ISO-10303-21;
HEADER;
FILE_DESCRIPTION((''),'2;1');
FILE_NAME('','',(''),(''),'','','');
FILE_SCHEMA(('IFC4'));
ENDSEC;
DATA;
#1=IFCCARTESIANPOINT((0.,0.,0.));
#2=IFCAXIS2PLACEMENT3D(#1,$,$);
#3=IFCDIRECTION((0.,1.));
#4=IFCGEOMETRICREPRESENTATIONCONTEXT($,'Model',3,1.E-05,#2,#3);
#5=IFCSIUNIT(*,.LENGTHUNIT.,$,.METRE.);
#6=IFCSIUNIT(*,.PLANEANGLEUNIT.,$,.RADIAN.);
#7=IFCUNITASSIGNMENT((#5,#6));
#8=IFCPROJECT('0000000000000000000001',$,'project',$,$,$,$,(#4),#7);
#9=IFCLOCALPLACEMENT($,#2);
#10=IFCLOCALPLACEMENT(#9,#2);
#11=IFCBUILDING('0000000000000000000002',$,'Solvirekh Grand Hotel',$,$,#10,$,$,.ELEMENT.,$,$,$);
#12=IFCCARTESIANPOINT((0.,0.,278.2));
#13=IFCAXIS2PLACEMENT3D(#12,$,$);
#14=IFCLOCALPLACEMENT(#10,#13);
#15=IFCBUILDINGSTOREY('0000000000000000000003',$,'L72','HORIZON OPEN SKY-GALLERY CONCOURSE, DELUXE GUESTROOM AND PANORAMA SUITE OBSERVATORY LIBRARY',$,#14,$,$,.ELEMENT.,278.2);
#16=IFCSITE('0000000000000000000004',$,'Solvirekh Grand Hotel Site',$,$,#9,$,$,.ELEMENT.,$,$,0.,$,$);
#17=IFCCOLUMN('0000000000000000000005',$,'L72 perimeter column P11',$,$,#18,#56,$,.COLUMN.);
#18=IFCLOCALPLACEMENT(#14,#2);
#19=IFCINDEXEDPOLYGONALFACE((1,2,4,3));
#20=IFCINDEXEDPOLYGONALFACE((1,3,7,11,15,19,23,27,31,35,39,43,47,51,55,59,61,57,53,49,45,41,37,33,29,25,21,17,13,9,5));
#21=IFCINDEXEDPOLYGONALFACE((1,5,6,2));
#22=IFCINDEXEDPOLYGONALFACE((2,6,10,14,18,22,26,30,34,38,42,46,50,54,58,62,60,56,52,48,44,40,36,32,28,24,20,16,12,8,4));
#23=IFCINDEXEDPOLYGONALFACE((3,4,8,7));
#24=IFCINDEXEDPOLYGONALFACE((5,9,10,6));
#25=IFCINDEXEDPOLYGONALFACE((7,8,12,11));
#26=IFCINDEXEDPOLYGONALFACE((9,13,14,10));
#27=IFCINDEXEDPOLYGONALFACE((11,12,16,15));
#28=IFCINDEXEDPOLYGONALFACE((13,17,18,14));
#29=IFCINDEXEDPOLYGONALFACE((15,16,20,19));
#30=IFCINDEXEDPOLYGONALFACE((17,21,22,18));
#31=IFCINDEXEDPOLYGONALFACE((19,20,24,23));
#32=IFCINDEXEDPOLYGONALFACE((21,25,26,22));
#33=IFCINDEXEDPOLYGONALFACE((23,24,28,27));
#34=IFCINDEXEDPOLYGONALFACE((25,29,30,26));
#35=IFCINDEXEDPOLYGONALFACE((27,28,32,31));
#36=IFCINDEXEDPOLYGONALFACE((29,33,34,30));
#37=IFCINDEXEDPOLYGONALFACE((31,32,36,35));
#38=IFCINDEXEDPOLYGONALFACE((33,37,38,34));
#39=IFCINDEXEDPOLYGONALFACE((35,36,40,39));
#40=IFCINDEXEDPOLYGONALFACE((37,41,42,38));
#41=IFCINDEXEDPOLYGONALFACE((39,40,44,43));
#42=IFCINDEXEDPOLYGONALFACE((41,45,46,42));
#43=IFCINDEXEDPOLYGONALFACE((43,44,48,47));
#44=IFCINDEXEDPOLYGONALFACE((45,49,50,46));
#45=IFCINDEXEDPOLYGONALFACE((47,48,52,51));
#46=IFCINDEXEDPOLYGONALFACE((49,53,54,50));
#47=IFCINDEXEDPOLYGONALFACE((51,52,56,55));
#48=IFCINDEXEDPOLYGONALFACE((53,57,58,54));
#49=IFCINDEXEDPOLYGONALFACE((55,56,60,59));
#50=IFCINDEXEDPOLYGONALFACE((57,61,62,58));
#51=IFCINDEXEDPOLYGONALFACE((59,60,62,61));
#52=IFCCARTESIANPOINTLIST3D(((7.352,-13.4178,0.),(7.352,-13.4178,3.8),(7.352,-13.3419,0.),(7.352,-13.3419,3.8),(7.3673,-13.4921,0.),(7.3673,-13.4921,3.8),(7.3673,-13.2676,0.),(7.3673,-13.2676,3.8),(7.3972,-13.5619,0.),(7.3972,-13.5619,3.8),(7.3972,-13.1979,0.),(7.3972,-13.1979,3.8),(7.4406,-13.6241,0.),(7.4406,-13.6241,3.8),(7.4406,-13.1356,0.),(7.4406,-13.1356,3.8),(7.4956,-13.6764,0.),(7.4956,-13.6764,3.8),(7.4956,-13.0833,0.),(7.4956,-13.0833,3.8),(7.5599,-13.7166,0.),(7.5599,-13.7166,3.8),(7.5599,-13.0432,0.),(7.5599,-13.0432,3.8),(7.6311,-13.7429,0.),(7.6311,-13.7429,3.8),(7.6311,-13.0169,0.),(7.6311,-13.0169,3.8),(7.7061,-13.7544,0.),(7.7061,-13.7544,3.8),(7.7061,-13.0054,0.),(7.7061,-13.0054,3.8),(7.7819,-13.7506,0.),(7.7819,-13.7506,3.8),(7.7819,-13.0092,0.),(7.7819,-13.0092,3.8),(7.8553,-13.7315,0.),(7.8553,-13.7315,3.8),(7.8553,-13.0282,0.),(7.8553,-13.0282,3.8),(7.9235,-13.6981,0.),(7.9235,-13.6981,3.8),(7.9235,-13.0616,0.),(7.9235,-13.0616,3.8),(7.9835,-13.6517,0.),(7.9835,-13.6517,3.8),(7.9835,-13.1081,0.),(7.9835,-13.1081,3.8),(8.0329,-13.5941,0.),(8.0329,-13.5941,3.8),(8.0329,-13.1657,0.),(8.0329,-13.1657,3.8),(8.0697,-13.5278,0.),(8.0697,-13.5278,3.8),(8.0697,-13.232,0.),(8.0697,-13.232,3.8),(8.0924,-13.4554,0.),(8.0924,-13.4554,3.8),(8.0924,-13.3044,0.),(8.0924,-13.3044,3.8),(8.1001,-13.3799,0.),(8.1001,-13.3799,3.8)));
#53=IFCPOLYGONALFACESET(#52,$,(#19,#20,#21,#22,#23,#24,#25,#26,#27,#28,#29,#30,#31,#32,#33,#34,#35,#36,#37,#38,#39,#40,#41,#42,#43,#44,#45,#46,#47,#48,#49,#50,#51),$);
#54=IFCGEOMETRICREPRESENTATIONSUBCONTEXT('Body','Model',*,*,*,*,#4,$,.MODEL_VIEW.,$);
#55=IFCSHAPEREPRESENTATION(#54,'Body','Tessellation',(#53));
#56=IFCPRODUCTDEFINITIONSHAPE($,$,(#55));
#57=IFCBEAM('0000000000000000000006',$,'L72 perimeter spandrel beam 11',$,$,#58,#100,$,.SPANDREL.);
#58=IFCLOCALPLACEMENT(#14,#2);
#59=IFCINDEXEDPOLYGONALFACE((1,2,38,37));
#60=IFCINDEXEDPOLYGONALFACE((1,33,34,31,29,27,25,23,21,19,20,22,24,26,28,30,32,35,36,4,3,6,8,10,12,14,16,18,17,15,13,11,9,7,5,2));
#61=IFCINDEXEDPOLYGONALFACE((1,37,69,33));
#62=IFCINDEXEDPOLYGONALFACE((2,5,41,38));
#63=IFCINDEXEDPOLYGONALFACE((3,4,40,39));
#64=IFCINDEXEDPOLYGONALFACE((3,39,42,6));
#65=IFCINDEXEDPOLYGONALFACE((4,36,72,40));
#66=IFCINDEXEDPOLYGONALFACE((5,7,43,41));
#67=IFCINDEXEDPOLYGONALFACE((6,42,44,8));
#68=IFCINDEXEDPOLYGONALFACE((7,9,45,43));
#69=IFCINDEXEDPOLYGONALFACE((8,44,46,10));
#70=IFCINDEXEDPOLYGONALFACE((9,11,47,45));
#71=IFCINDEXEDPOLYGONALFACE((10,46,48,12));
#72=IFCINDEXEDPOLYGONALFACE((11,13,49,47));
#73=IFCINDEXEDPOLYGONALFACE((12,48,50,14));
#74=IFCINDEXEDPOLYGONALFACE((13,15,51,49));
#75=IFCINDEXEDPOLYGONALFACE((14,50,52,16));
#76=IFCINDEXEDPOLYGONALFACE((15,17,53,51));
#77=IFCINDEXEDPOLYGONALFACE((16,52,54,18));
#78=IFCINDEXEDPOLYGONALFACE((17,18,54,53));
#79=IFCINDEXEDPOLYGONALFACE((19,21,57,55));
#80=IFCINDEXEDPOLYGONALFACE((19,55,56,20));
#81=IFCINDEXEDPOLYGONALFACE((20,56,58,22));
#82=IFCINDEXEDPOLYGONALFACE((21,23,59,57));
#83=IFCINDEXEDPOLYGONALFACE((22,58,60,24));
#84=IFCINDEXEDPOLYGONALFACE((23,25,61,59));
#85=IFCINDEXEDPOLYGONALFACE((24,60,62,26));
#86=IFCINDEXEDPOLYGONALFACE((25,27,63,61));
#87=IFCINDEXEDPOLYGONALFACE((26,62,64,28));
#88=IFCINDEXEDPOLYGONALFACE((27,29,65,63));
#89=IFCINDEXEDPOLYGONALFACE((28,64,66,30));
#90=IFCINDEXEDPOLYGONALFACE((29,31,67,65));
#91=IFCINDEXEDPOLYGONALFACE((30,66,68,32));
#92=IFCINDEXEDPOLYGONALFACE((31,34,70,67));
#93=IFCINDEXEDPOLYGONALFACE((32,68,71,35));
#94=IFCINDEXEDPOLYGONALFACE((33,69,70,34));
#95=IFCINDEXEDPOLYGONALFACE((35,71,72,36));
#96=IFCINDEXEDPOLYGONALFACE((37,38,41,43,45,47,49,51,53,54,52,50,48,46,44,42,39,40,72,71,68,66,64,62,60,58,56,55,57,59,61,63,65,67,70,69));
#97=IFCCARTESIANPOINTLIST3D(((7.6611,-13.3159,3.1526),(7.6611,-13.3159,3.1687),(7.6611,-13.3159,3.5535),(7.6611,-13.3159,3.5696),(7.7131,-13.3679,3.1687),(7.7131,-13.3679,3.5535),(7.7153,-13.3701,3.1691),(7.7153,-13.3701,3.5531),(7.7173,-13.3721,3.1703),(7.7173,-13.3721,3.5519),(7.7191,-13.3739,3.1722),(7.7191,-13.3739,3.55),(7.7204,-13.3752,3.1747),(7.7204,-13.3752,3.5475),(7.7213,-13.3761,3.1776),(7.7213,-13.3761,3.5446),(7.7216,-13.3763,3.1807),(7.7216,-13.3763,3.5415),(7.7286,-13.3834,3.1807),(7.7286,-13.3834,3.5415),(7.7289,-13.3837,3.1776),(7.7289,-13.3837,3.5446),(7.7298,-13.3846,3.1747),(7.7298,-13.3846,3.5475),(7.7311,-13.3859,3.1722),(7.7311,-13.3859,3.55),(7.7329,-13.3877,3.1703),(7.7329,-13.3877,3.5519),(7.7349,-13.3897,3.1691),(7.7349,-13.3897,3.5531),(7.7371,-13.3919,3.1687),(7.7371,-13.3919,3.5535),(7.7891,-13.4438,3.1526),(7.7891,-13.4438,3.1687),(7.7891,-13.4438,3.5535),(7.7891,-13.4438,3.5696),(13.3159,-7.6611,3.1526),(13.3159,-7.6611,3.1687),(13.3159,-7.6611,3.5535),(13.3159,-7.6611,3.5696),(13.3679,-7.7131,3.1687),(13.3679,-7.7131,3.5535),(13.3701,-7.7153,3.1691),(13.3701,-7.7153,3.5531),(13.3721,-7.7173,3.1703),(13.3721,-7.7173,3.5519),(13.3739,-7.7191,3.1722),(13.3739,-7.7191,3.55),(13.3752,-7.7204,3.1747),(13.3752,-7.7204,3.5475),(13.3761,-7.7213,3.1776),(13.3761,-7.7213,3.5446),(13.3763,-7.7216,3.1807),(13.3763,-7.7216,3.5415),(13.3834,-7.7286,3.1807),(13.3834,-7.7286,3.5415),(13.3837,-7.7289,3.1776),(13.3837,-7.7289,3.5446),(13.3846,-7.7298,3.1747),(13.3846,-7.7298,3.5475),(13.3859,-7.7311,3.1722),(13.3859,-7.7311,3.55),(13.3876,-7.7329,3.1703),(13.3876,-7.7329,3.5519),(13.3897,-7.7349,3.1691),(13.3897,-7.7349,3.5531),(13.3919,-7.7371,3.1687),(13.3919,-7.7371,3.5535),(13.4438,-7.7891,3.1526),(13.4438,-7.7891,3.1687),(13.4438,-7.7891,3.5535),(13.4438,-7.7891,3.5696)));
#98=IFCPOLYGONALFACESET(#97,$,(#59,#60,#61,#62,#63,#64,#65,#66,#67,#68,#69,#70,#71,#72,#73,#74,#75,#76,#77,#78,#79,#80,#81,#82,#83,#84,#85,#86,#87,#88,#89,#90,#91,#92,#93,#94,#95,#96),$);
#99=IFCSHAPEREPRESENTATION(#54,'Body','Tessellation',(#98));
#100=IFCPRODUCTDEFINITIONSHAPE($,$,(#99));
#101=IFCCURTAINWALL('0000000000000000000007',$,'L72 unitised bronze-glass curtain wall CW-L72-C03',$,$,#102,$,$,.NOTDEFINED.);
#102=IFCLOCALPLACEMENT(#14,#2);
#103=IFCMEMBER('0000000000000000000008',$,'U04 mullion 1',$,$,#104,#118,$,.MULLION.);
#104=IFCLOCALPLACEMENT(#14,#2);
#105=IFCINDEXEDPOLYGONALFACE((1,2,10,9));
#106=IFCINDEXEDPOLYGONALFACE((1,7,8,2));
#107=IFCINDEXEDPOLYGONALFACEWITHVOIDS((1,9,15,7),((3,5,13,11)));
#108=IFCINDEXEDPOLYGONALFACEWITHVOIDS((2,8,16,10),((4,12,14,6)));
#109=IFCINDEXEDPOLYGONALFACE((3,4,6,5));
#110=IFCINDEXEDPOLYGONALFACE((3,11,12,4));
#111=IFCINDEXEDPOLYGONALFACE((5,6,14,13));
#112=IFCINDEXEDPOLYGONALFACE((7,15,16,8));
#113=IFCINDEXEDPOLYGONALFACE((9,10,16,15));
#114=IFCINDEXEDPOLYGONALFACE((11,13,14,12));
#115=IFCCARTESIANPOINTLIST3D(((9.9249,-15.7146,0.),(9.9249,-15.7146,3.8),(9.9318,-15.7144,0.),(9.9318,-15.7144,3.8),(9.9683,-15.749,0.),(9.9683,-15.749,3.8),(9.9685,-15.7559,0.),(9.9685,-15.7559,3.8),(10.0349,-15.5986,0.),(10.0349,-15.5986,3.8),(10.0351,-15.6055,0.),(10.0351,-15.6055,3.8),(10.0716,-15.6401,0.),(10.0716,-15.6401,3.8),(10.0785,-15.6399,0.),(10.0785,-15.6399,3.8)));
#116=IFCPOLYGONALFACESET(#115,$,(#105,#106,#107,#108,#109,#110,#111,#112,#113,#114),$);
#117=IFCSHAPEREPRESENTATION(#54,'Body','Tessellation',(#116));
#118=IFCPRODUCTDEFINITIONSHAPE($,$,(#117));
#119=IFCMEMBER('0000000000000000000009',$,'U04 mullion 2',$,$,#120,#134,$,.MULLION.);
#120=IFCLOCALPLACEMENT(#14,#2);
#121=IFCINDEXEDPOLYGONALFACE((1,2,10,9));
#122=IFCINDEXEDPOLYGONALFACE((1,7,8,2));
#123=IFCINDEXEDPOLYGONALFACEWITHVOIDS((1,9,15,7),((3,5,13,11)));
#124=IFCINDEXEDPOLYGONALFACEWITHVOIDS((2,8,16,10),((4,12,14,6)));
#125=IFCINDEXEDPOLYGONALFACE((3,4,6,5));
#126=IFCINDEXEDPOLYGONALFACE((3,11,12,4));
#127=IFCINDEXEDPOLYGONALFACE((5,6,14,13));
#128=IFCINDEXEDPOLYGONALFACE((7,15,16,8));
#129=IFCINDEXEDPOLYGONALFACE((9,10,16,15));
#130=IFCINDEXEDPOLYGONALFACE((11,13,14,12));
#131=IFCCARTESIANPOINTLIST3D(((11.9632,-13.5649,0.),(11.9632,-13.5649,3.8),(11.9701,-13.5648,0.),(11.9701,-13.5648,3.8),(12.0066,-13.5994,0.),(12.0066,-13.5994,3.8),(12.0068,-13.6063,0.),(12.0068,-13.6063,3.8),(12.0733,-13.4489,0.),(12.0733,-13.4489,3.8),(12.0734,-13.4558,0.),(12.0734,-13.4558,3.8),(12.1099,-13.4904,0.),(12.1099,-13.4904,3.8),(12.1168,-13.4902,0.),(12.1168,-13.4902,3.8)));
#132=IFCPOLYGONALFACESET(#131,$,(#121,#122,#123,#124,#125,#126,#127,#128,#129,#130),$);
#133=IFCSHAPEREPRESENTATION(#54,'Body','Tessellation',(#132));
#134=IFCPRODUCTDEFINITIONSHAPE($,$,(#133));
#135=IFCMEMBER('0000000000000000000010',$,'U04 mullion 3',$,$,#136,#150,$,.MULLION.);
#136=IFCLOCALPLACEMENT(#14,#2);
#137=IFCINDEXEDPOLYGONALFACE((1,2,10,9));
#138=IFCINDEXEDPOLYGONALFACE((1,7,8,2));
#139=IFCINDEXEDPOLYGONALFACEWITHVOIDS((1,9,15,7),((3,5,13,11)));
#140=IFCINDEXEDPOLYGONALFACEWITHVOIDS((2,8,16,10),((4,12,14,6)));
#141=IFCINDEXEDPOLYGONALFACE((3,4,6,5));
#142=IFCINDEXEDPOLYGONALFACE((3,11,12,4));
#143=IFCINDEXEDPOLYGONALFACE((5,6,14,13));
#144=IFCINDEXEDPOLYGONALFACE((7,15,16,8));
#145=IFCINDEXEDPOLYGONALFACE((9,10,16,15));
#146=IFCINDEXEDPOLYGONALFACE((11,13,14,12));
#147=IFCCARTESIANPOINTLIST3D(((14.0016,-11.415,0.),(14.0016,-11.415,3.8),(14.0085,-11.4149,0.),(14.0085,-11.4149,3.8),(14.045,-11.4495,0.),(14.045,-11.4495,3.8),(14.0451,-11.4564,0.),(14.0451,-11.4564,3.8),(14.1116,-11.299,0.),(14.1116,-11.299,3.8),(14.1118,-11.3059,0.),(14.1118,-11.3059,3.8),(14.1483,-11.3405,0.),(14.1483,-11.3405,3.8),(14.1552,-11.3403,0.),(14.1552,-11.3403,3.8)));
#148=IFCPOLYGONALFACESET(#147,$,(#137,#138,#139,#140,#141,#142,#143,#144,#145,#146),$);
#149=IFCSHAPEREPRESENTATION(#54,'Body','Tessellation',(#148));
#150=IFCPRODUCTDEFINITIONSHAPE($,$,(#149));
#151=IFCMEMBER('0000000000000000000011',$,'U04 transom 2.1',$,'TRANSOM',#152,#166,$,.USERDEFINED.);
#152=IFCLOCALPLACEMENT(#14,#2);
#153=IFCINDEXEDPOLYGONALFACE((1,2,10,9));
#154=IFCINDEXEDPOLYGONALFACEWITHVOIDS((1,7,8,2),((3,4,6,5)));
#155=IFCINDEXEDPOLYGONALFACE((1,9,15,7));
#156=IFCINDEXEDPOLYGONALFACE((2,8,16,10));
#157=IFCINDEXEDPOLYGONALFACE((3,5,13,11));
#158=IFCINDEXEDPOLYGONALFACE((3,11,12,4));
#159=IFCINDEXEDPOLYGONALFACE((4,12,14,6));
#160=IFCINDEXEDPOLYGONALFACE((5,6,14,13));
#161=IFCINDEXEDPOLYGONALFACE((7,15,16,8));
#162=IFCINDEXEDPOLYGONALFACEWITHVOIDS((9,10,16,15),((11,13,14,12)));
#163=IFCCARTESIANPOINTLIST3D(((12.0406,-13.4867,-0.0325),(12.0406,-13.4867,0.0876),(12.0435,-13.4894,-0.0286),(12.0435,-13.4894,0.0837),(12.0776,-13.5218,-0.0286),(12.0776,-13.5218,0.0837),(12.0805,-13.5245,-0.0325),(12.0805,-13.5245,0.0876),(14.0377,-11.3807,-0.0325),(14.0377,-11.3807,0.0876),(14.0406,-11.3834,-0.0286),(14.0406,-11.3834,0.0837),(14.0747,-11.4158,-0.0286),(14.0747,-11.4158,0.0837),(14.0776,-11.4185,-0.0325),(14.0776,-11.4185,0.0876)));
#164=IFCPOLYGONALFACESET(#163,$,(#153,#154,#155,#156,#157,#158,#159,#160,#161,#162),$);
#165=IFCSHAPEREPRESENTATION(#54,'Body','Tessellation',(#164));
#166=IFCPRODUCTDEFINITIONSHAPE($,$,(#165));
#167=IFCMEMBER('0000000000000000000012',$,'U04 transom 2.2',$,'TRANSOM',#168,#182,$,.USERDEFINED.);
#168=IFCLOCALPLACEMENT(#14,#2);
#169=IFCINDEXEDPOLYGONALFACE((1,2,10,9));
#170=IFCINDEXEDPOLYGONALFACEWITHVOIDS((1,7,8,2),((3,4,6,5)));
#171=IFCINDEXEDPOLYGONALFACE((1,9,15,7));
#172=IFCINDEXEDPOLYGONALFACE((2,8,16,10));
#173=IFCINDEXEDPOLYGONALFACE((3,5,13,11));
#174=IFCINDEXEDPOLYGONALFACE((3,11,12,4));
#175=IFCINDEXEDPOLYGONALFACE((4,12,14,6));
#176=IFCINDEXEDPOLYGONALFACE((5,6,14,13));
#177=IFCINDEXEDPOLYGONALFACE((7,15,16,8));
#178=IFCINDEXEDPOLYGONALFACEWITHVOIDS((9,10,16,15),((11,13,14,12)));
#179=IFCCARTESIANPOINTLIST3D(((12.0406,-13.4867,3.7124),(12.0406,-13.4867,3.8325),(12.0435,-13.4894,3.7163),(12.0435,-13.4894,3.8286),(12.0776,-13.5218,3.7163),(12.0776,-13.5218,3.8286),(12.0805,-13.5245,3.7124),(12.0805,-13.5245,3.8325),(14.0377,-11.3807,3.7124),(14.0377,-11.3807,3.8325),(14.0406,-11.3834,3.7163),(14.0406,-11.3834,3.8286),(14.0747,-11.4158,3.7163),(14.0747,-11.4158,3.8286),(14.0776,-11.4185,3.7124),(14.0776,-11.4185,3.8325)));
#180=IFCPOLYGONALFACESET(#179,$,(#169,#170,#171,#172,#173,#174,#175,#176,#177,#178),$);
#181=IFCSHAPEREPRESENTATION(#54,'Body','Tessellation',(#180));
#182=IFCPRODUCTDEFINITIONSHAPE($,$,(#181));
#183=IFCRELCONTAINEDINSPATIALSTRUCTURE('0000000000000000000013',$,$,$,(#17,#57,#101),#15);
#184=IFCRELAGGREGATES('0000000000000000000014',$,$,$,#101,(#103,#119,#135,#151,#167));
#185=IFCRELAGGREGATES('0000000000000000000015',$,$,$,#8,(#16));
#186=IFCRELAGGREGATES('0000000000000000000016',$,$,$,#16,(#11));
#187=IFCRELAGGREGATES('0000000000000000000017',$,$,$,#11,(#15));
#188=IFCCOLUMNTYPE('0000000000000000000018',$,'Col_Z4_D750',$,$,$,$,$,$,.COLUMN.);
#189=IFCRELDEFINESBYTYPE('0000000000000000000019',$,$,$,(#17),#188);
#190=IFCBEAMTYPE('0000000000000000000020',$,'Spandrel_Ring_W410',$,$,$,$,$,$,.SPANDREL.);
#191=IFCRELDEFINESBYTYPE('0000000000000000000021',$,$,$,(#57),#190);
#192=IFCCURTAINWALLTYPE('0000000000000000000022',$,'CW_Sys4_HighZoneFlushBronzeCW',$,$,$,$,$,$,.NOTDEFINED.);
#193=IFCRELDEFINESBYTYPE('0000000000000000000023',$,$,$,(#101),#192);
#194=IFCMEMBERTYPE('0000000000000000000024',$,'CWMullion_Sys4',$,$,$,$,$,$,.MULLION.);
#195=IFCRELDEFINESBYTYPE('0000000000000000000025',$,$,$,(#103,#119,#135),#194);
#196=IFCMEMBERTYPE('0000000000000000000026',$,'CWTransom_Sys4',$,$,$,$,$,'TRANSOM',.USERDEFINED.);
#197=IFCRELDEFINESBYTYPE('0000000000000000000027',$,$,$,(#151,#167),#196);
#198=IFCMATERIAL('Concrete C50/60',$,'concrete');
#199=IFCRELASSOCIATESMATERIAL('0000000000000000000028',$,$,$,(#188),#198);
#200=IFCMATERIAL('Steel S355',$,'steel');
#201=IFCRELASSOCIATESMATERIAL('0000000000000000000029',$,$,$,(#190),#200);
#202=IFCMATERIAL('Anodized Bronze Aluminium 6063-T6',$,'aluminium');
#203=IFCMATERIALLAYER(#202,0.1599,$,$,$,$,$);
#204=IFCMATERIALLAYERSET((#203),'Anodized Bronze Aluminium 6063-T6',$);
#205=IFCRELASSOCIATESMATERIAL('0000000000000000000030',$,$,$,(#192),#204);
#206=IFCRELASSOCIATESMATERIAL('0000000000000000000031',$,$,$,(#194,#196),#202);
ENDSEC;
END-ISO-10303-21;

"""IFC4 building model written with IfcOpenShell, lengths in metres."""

from ifc_helpers import new_model, si_unit, direction, frame, origin, origin_2d, place, context, subcontext, project, spatial, hollow_rectangle, circle, i_section, extrude, source, transform, mapped, material, layer, layer_set, material_profile, profile_set, type_object, element, aggregate, save


model = new_model("IFC4")

# Units and contexts
model_context = context("Model", 3, precision=1e-05, world=origin(), true_north=direction((0.0, 1.0)))
body_context = subcontext(model_context, "Body", "Model", "MODEL_VIEW")
ifc_project = project(units=[si_unit("LENGTHUNIT", "METRE"), si_unit("PLANEANGLEUNIT", "RADIAN")], contexts=[model_context])

# Site, building, storey
site_placement = place(None, origin())
site = spatial("IfcSite", under=ifc_project, at=site_placement, Name="Solvirekh Grand Hotel Site", CompositionType="ELEMENT", RefElevation=0.0)
building_placement = place(site_placement, origin())
building = spatial("IfcBuilding", under=site, at=building_placement, Name="Solvirekh Grand Hotel", CompositionType="ELEMENT")
storey_placement = place(building_placement, frame((0.0, 0.0, 278.2)))
storey = spatial("IfcBuildingStorey", under=building, at=storey_placement, Name="L72", Description="HORIZON OPEN SKY-GALLERY CONCOURSE, DELUXE GUESTROOM AND PANORAMA SUITE OBSERVATORY LIBRARY", CompositionType="ELEMENT", Elevation=278.2)

# Column
ifc_material_1 = material(Name="Concrete C50/60", Category="concrete")
ifc_material_profile_1 = material_profile(ifc_material_1, circle(Radius=0.375, at=origin_2d()), Name="RC CIRC D750")
ifc_profile_set_1 = profile_set([ifc_material_profile_1], Name="Concrete C50/60")
column_type = type_object("IfcColumnType", Name="Col_Z4_D750", PredefinedType="COLUMN", material=ifc_profile_set_1)
column_placement = place(storey_placement, frame((7.7251, -13.3799, 0.0), z_axis=(0.0, 0.0, 1.0), x_axis=(1.0, 0.0, 0.0)))
element("IfcColumn", 1, at=column_placement, inside=storey, type_object=column_type, Name="L72 perimeter column P11", PredefinedType="COLUMN", context=body_context, shape_type="SweptSolid", body=[
    extrude(circle(Radius=0.375, at=origin_2d()), origin(), (0.0, 0.0, 1.0), 3.8),
])

# Beam
ifc_material_2 = material(Name="Steel S355", Category="steel")
ifc_material_profile_2 = material_profile(ifc_material_2, i_section(OverallWidth=0.1809, OverallDepth=0.417, WebThickness=0.01, FlangeThickness=0.0161, FilletRadius=0.012, at=origin_2d()), Name="W410X85")
ifc_profile_set_2 = profile_set([ifc_material_profile_2], Name="Steel S355")
beam_type = type_object("IfcBeamType", Name="Spandrel_Ring_W410", PredefinedType="SPANDREL", material=ifc_profile_set_2)
beam_placement = place(storey_placement, frame((7.7251, -13.3799, 3.3611), z_axis=(0.707107, 0.707107, 0.0), x_axis=(-0.707107, 0.707107, 0.0)))
element("IfcBeam", 2, at=beam_placement, inside=storey, type_object=beam_type, Name="L72 perimeter spandrel beam 11", PredefinedType="SPANDREL", context=body_context, shape_type="SweptSolid", body=[
    extrude(i_section(OverallWidth=0.1809, OverallDepth=0.417, WebThickness=0.01, FlangeThickness=0.0161, FilletRadius=0.012, at=origin_2d()), origin(), (0.0, 0.0, 1.0), 7.9971),
])

# Curtain wall, members
ifc_material_3 = material(Name="Anodized Bronze Aluminium 6063-T6", Category="aluminium")
ifc_layer_1 = layer(ifc_material_3, 0.1599)
ifc_layer_set_1 = layer_set([ifc_layer_1], Name="Anodized Bronze Aluminium 6063-T6")
curtain_wall_type = type_object("IfcCurtainWallType", Name="CW_Sys4_HighZoneFlushBronzeCW", PredefinedType="NOTDEFINED", material=ifc_layer_set_1)
curtain_wall_placement = place(storey_placement, origin())
curtain_wall = element("IfcCurtainWall", 3, at=curtain_wall_placement, inside=storey, type_object=curtain_wall_type, Name="L72 unitised bronze-glass curtain wall CW-L72-C03", PredefinedType="NOTDEFINED")
ifc_material_profile_3 = material_profile(ifc_material_3, hollow_rectangle(XDim=0.0601, YDim=0.1599, WallThickness=0.0049, at=origin_2d()), Name="ALU RHS 160X60X5")
ifc_profile_set_3 = profile_set([ifc_material_profile_3], Name="Anodized Bronze Aluminium 6063-T6")
member_type_1 = type_object("IfcMemberType", Name="CWMullion_Sys4", PredefinedType="MULLION", material=ifc_profile_set_3)
shared_shape_1 = source(origin(), body_context, "Body", "SweptSolid", [
    extrude(hollow_rectangle(XDim=0.0601, YDim=0.1599, WallThickness=0.0049, at=origin_2d()), origin(), (0.0, 0.0, 1.0), 3.8),
])
member_1_placement = place(storey_placement, frame((10.0017, -15.6772, 0.0), z_axis=(0.0, 0.0, 1.0), x_axis=(-0.725654, 0.68806, 0.0)))
member_1 = element("IfcMember", 4, at=member_1_placement, type_object=member_type_1, Name="U04 mullion 1", PredefinedType="MULLION", context=body_context, shape_type="MappedRepresentation", body=[
    mapped(shared_shape_1, transform((0.0, 0.0, 0.0), x_axis=(1.0, 0.0, 0.0), y_axis=(0.0, 1.0, 0.0), z_axis=(0.0, 0.0, 1.0), scale=1.0)),
])
member_2_placement = place(storey_placement, frame((12.04, -13.5276, 0.0), z_axis=(0.0, 0.0, 1.0), x_axis=(-0.725654, 0.68806, 0.0)))
member_2 = element("IfcMember", 5, at=member_2_placement, type_object=member_type_1, Name="U04 mullion 2", PredefinedType="MULLION", context=body_context, shape_type="MappedRepresentation", body=[
    mapped(shared_shape_1, transform((0.0, 0.0, 0.0), x_axis=(1.0, 0.0, 0.0), y_axis=(0.0, 1.0, 0.0), z_axis=(0.0, 0.0, 1.0), scale=1.0)),
])
member_3_placement = place(storey_placement, frame((14.0784, -11.3777, 0.0), z_axis=(0.0, 0.0, 1.0), x_axis=(-0.725654, 0.68806, 0.0)))
member_3 = element("IfcMember", 6, at=member_3_placement, type_object=member_type_1, Name="U04 mullion 3", PredefinedType="MULLION", context=body_context, shape_type="MappedRepresentation", body=[
    mapped(shared_shape_1, transform((0.0, 0.0, 0.0), x_axis=(1.0, 0.0, 0.0), y_axis=(0.0, 1.0, 0.0), z_axis=(0.0, 0.0, 1.0), scale=1.0)),
])
ifc_material_profile_4 = material_profile(ifc_material_3, hollow_rectangle(XDim=0.0549, YDim=0.1201, WallThickness=0.0039, at=origin_2d()), Name="ALU RHS 120X55X4")
ifc_profile_set_4 = profile_set([ifc_material_profile_4], Name="Anodized Bronze Aluminium 6063-T6")
member_type_2 = type_object("IfcMemberType", Name="CWTransom_Sys4", ElementType="TRANSOM", PredefinedType="USERDEFINED", material=ifc_profile_set_4)
shared_shape_2 = source(origin(), body_context, "Body", "SweptSolid", [
    extrude(hollow_rectangle(XDim=0.0549, YDim=0.1201, WallThickness=0.0039, at=origin_2d()), origin(), (0.0, 0.0, 1.0), 2.9023),
])
member_4_placement = place(storey_placement, frame((12.0605, -13.5056, 0.0276), z_axis=(0.688099, 0.725617, 0.0), x_axis=(-0.725617, 0.688099, 0.0)))
member_4 = element("IfcMember", 7, at=member_4_placement, type_object=member_type_2, Name="U04 transom 2.1", ObjectType="TRANSOM", PredefinedType="USERDEFINED", context=body_context, shape_type="MappedRepresentation", body=[
    mapped(shared_shape_2, transform((0.0, 0.0, 0.0), x_axis=(1.0, 0.0, 0.0), y_axis=(0.0, 1.0, 0.0), z_axis=(0.0, 0.0, 1.0), scale=1.0)),
])
member_5_placement = place(storey_placement, frame((12.0605, -13.5056, 3.7725), z_axis=(0.688099, 0.725617, 0.0), x_axis=(-0.725617, 0.688099, 0.0)))
member_5 = element("IfcMember", 8, at=member_5_placement, type_object=member_type_2, Name="U04 transom 2.2", ObjectType="TRANSOM", PredefinedType="USERDEFINED", context=body_context, shape_type="MappedRepresentation", body=[
    mapped(shared_shape_2, transform((0.0, 0.0, 0.0), x_axis=(1.0, 0.0, 0.0), y_axis=(0.0, 1.0, 0.0), z_axis=(0.0, 0.0, 1.0), scale=1.0)),
])
aggregate(curtain_wall, [member_1, member_2, member_3, member_4, member_5])

save(model, "model.ifc")
